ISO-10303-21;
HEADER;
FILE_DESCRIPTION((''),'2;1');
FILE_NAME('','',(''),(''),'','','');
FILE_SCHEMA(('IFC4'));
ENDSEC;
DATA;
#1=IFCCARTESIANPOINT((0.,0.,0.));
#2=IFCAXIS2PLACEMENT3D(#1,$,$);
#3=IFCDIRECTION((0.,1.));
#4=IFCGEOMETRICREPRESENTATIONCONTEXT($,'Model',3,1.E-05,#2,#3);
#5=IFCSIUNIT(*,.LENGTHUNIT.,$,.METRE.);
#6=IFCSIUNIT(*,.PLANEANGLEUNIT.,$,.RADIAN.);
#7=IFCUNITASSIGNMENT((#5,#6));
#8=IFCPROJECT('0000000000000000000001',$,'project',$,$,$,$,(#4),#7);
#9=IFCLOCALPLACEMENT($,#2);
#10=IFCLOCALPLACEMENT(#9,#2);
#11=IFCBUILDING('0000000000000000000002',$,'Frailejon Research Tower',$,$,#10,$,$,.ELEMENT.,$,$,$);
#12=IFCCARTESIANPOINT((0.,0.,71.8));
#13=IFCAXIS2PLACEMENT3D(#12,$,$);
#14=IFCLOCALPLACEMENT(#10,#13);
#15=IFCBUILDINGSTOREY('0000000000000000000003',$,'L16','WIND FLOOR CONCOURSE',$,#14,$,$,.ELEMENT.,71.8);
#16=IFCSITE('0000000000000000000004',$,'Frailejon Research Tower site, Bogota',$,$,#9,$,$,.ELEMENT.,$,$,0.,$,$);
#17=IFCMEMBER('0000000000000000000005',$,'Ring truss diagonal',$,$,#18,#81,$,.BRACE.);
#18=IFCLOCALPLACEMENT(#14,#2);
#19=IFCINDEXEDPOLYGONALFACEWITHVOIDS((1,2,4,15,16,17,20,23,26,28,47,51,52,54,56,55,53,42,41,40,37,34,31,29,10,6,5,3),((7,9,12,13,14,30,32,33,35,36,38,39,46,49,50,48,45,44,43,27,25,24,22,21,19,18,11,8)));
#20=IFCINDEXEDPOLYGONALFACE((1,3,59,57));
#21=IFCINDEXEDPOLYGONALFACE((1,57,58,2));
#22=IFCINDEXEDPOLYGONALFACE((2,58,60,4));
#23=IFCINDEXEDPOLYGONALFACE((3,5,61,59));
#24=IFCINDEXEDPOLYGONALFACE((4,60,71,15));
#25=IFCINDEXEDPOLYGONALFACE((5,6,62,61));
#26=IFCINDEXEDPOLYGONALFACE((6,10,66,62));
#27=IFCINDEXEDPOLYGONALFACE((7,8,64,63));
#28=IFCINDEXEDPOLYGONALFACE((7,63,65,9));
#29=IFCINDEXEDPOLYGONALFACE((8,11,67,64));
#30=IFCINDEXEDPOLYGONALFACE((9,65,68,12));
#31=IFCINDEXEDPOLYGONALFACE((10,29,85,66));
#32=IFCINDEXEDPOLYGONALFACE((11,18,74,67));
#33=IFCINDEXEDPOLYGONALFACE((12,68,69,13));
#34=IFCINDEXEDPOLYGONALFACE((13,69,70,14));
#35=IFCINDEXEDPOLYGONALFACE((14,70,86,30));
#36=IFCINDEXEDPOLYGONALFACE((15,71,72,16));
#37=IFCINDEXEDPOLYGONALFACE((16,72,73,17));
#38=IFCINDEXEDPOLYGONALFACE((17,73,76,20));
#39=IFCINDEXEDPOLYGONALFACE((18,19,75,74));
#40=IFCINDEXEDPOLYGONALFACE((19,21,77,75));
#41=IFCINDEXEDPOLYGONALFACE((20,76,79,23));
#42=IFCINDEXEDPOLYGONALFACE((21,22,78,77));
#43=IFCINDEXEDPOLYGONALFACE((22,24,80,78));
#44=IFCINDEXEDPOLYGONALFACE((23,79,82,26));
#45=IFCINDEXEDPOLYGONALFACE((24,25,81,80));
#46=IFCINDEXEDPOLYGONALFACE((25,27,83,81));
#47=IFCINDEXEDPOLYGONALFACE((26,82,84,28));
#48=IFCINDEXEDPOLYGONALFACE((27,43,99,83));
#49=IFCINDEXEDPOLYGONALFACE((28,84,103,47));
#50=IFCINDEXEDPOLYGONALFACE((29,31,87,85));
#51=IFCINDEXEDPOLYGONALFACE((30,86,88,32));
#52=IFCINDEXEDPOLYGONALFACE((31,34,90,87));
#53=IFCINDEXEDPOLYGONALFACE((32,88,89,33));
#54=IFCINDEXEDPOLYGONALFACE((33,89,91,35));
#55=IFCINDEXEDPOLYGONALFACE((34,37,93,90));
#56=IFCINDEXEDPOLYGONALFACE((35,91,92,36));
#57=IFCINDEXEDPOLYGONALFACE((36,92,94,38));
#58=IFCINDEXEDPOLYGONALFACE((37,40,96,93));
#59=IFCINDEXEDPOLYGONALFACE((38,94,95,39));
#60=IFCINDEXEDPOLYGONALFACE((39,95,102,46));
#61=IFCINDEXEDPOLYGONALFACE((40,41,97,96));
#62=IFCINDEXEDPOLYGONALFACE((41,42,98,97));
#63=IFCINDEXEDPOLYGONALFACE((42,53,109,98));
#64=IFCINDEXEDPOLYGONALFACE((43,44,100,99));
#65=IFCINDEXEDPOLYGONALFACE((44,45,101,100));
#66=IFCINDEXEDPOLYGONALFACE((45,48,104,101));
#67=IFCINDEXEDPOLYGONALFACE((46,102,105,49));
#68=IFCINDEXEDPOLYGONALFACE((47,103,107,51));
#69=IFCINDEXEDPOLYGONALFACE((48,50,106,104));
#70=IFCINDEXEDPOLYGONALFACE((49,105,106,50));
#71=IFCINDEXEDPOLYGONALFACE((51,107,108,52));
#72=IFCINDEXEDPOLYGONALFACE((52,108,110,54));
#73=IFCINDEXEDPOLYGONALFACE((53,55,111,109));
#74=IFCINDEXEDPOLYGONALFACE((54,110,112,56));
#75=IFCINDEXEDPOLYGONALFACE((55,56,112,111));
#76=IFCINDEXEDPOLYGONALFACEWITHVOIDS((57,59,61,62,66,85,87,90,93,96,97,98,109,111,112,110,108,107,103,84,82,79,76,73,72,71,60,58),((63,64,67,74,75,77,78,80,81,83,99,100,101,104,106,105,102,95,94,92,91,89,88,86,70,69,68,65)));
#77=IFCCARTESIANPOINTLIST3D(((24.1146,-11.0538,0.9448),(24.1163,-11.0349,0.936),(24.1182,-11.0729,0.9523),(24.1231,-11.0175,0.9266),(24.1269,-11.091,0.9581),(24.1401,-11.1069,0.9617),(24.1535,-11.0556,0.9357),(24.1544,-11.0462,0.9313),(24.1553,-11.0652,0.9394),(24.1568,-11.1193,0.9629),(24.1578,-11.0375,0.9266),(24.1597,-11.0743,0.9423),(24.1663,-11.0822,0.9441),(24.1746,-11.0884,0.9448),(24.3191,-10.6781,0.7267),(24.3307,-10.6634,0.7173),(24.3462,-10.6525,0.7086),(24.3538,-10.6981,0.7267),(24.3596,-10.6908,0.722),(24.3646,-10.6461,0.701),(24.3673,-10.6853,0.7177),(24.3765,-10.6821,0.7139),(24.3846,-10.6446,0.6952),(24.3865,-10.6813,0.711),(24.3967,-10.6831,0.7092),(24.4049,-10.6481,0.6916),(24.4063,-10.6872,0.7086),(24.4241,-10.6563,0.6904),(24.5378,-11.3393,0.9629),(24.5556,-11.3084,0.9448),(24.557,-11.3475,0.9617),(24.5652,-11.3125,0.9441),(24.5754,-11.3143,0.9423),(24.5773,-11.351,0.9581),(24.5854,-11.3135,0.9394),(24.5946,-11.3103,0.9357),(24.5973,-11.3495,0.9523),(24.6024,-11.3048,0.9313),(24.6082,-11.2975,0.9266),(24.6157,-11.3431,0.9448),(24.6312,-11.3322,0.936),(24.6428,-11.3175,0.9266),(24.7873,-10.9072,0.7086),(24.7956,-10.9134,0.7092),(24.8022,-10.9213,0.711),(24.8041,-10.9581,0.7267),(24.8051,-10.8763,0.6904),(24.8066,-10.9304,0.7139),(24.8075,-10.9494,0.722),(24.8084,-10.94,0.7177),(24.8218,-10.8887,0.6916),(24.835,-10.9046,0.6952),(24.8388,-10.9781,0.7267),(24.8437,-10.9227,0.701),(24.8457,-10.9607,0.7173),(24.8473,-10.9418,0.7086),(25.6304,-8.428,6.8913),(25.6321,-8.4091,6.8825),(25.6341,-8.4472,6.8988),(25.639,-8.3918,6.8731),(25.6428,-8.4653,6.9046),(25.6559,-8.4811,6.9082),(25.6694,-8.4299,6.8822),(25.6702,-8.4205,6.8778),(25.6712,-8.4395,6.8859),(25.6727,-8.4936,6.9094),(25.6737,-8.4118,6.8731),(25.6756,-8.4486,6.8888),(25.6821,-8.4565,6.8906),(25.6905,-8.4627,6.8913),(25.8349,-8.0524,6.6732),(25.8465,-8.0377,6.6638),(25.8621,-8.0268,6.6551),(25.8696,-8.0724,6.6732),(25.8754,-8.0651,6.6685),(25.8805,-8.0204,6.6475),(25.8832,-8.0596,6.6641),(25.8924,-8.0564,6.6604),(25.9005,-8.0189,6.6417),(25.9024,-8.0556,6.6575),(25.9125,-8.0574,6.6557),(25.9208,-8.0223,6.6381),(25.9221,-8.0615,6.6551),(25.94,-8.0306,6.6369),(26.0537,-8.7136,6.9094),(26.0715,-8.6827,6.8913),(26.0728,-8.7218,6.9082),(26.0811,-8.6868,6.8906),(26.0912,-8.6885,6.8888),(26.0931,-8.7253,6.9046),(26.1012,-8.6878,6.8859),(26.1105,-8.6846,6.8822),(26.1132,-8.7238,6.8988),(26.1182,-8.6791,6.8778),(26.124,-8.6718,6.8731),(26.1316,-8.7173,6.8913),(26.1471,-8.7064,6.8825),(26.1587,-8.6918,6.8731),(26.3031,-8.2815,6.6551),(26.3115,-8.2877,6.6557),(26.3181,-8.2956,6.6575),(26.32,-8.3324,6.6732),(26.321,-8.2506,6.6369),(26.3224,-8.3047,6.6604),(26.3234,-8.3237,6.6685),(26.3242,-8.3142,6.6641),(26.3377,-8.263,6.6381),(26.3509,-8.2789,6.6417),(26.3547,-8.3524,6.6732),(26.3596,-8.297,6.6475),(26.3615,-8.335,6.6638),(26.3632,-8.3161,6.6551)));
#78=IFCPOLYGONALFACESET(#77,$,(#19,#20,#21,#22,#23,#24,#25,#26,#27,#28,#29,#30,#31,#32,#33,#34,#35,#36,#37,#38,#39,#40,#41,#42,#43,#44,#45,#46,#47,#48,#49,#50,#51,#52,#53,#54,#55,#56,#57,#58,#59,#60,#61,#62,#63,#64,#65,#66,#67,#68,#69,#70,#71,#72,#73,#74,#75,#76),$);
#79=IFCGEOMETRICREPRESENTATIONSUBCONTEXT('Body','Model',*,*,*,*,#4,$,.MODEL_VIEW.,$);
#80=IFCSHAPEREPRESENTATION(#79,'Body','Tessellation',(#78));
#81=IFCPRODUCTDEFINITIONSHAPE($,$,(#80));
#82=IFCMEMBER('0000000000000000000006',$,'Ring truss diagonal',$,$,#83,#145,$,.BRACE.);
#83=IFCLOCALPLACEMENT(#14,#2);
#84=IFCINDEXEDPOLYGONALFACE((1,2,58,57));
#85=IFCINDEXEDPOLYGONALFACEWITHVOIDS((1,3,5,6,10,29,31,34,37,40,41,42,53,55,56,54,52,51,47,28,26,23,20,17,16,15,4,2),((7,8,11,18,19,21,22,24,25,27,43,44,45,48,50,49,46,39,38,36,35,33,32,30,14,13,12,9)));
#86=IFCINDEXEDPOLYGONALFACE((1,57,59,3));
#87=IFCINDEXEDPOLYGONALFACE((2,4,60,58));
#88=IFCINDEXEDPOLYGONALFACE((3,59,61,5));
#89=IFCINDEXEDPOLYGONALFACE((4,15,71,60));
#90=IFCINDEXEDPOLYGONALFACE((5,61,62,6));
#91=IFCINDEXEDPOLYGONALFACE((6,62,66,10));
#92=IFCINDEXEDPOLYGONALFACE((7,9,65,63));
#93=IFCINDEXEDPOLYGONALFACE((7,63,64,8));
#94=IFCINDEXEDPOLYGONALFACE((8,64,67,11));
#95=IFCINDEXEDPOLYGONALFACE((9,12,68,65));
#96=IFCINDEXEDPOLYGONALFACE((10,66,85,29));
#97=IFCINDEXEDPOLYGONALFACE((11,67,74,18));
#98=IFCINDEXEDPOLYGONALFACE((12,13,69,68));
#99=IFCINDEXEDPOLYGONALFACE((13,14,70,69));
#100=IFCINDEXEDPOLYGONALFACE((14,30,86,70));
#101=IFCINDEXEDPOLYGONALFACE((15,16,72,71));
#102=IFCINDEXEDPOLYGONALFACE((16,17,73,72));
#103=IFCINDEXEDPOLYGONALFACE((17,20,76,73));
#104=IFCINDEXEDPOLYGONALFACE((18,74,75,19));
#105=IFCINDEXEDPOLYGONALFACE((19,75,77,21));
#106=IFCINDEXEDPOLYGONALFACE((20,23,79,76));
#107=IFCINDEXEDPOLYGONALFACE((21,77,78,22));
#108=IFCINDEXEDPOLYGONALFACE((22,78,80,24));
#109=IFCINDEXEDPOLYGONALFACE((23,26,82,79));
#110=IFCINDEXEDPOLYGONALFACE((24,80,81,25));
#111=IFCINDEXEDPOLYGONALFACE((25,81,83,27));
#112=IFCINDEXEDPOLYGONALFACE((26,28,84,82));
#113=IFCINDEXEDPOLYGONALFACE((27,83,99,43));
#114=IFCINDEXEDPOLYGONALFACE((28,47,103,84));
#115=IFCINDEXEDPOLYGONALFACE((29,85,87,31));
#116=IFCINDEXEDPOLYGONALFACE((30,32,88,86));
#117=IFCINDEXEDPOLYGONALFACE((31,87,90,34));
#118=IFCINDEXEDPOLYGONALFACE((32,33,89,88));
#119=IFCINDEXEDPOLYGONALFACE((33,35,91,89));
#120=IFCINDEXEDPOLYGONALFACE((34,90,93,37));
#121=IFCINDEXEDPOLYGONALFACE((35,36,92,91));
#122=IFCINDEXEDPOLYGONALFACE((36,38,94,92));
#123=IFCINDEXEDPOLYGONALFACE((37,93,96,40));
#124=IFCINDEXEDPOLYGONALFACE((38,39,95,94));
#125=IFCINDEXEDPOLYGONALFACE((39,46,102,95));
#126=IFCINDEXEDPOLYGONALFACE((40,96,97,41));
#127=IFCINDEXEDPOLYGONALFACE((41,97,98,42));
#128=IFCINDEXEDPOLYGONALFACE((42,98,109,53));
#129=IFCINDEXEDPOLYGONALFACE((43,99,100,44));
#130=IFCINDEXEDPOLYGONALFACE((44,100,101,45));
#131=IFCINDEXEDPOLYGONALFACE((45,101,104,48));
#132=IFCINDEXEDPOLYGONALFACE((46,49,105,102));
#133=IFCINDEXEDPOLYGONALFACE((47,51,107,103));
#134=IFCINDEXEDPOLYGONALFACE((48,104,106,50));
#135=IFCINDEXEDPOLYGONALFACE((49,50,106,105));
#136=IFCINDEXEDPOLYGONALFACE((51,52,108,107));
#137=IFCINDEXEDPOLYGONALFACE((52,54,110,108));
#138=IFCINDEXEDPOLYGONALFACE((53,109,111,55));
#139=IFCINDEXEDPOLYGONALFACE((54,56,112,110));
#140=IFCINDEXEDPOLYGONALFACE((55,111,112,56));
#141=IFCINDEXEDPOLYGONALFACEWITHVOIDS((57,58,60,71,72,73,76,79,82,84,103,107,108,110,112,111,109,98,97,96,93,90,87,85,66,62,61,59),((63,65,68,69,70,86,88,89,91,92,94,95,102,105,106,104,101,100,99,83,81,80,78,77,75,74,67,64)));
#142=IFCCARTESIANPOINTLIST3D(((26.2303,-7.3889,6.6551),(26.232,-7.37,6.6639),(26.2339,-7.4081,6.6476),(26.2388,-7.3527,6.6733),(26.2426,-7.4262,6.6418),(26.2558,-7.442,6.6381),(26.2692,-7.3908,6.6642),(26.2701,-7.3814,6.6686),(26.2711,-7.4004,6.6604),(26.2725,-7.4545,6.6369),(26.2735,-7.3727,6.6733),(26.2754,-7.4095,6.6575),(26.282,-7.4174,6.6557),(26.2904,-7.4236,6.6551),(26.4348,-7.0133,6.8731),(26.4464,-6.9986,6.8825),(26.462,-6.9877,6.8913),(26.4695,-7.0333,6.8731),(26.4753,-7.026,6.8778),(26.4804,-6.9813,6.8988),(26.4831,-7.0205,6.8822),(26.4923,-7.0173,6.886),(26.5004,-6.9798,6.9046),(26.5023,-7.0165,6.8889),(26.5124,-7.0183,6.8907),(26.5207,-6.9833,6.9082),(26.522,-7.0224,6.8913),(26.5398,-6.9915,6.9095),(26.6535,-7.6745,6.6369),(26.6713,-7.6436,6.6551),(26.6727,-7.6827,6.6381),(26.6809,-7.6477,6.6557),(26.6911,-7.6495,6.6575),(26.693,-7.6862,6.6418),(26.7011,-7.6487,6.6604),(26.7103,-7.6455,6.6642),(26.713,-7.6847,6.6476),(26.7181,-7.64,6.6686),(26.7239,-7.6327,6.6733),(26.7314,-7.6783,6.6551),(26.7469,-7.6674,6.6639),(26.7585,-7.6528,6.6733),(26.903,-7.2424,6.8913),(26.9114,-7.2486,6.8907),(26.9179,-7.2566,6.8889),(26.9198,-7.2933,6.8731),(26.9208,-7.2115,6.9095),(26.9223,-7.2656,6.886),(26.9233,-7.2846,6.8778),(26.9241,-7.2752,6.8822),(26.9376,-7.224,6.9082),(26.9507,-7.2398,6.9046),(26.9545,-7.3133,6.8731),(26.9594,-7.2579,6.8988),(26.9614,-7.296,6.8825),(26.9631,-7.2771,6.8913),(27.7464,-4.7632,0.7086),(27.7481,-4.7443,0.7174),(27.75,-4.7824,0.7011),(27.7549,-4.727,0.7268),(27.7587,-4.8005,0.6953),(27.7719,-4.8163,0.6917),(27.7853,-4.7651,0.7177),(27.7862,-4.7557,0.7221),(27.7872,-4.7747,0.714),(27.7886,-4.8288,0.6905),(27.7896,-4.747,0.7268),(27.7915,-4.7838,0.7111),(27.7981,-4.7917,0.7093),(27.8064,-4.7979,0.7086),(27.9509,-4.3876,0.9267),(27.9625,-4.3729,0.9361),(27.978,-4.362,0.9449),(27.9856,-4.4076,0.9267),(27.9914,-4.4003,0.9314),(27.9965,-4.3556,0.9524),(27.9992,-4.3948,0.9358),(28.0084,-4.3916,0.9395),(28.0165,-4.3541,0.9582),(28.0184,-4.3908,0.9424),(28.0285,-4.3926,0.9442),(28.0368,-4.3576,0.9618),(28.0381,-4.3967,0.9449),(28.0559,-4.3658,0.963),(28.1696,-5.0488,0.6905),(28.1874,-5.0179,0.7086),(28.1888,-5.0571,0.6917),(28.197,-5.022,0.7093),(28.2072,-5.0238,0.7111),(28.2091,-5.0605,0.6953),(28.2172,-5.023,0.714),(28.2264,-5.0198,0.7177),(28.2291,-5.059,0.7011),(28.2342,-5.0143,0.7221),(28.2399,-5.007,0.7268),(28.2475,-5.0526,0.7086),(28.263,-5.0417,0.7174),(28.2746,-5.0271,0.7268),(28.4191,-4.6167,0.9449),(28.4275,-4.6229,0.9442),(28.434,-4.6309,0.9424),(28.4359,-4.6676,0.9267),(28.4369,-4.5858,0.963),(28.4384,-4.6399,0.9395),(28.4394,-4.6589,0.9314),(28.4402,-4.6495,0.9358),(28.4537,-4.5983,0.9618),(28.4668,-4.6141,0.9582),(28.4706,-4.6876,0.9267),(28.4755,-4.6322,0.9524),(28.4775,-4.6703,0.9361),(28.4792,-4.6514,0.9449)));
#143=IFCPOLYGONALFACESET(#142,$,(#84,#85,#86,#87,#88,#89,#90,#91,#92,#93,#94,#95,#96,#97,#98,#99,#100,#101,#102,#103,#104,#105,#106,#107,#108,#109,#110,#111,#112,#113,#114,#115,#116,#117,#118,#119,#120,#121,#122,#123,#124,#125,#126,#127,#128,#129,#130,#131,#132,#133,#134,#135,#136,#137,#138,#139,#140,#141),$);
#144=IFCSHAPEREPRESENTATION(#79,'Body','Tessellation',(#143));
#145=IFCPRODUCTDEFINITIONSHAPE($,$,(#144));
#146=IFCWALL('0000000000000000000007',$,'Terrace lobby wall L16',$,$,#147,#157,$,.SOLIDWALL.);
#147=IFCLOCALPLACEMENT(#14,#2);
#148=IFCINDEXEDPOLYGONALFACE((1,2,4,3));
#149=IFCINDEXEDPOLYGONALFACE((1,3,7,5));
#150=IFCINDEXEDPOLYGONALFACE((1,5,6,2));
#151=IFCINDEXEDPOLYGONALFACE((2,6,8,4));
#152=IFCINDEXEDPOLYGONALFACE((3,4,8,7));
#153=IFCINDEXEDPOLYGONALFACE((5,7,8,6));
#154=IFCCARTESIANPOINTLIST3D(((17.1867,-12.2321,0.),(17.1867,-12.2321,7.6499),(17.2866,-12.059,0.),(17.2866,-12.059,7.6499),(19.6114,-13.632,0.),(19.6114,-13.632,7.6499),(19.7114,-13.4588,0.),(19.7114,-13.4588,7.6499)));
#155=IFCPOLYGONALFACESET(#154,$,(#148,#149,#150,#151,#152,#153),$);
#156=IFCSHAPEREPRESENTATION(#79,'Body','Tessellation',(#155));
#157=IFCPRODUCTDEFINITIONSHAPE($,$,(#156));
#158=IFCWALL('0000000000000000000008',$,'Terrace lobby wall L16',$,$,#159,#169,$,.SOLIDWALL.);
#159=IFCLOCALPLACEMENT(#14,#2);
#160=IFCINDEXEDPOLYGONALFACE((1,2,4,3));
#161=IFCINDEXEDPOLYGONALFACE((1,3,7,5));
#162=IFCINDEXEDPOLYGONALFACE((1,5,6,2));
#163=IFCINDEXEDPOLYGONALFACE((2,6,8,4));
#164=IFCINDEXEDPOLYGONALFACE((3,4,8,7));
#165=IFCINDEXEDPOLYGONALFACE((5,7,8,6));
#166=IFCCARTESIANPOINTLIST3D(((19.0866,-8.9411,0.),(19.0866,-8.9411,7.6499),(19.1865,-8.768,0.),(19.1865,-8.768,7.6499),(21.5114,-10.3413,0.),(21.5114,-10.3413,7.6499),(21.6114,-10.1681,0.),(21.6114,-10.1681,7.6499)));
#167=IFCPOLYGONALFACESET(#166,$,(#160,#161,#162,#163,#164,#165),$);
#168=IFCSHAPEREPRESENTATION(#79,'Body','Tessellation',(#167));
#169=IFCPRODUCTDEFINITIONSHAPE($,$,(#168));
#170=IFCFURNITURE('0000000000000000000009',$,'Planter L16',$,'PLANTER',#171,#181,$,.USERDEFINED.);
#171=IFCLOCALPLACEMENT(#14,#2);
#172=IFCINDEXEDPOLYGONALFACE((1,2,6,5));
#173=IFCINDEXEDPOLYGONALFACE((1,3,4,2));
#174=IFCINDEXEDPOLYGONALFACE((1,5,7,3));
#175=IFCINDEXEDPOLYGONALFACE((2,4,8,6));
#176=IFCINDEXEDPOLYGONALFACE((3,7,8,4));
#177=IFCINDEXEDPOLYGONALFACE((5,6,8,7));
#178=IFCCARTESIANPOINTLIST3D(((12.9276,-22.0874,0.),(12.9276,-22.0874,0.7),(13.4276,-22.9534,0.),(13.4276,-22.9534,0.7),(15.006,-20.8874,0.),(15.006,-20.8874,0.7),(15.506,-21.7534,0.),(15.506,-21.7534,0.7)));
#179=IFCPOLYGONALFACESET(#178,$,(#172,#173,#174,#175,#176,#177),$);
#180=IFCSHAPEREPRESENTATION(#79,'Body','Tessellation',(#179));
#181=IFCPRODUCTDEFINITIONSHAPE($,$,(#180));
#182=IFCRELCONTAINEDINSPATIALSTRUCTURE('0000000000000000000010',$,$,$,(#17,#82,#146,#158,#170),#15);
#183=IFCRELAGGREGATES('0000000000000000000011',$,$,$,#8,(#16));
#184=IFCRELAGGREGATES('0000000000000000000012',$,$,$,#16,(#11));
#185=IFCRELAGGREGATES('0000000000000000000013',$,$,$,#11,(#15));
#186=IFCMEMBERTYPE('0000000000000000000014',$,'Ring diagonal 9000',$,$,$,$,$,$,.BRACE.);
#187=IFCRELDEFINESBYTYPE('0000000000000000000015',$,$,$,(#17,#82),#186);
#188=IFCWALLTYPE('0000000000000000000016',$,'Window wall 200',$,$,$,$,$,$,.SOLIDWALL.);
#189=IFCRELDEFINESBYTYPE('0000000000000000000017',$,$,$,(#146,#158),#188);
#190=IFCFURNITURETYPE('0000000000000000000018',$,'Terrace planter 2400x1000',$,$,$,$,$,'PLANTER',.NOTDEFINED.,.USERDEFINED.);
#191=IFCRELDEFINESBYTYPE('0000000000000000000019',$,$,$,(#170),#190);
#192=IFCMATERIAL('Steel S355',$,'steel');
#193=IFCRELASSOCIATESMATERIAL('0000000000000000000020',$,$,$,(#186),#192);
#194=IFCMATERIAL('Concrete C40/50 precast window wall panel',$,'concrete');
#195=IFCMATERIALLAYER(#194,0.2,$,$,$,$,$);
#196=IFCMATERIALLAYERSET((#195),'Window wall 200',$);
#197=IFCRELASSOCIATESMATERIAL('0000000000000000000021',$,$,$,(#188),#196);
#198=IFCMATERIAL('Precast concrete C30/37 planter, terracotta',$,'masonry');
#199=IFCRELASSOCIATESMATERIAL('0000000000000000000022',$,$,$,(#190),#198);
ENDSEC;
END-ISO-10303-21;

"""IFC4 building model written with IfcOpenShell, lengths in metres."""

from ifc_helpers import new_model, si_unit, direction, frame, frame_2d, origin, origin_2d, place, context, subcontext, project, spatial, rectangle, hollow_rectangle, extrude, material, layer, layer_set, material_profile, profile_set, type_object, element, save


model = new_model("IFC4")

# Units and contexts
model_context = context("Model", 3, precision=1e-05, world=origin(), true_north=direction((0.0, 1.0)))
body_context = subcontext(model_context, "Body", "Model", "MODEL_VIEW")
ifc_project = project(units=[si_unit("LENGTHUNIT", "METRE"), si_unit("PLANEANGLEUNIT", "RADIAN")], contexts=[model_context])

# Site, building, storey
site_placement = place(None, origin())
site = spatial("IfcSite", under=ifc_project, at=site_placement, Name="Frailejon Research Tower site, Bogota", CompositionType="ELEMENT", RefElevation=0.0)
building_placement = place(site_placement, origin())
building = spatial("IfcBuilding", under=site, at=building_placement, Name="Frailejon Research Tower", CompositionType="ELEMENT")
storey_placement = place(building_placement, frame((0.0, 0.0, 71.8)))
storey = spatial("IfcBuildingStorey", under=building, at=storey_placement, Name="L16", Description="WIND FLOOR CONCOURSE", CompositionType="ELEMENT", Elevation=71.8)

# Members
ifc_material_1 = material(Name="Steel S355", Category="steel")
ifc_material_profile_1 = material_profile(ifc_material_1, hollow_rectangle(XDim=0.6001, YDim=0.6001, WallThickness=0.04, InnerFilletRadius=0.04, OuterFilletRadius=0.0801, at=origin_2d()), Name="Ring diagonal 9000")
ifc_profile_set_1 = profile_set([ifc_material_profile_1], Name="Steel S355")
member_type = type_object("IfcMemberType", Name="Ring diagonal 9000", PredefinedType="BRACE", material=ifc_profile_set_1)
for number, where, z_axis, x_axis, name in (
    (1, (24.481, -10.9978, 0.8267), (0.227102, 0.393377, 0.890887), (-0.866039, 0.499976, 0.0), "Ring truss diagonal"),
    (2, (26.5967, -7.333, 6.7732), (0.227136, 0.393374, -0.890879), (-0.866005, 0.500036, 0.0), "Ring truss diagonal"),
):
    element("IfcMember", number, at=place(storey_placement, frame(where, z_axis=z_axis, x_axis=x_axis)), inside=storey, type_object=member_type, Name=name, PredefinedType="BRACE", context=body_context, shape_type="SweptSolid", body=[
        extrude(hollow_rectangle(XDim=0.6001, YDim=0.6001, WallThickness=0.04, InnerFilletRadius=0.04, OuterFilletRadius=0.0801, at=origin_2d()), origin(), (0.0, 0.0, 1.0), 6.6748),
    ])

# Shared definitions
ifc_material_2 = material(Name="Concrete C40/50 precast window wall panel", Category="concrete")
ifc_layer = layer(ifc_material_2, 0.2)
ifc_layer_set = layer_set([ifc_layer], Name="Window wall 200")
wall_type = type_object("IfcWallType", Name="Window wall 200", PredefinedType="SOLIDWALL", material=ifc_layer_set)

# Walls
wall_1_placement = place(storey_placement, frame((19.6614, -13.5454, 0.0), z_axis=(0.0, 0.0, 1.0), x_axis=(-0.866035, 0.499984, 0.0)))
element("IfcWall", 3, at=wall_1_placement, inside=storey, type_object=wall_type, Name="Terrace lobby wall L16", PredefinedType="SOLIDWALL", context=body_context, shape_type="SweptSolid", body=[
    extrude(rectangle(XDim=2.7998, YDim=0.2, at=frame_2d((1.3999, 0.0))), origin(), (0.0, 0.0, 1.0), 7.6499),
])
wall_2_placement = place(storey_placement, frame((21.5613, -10.2546, 0.0), z_axis=(0.0, 0.0, 1.0), x_axis=(-0.865997, 0.50005, 0.0)))
element("IfcWall", 4, at=wall_2_placement, inside=storey, type_object=wall_type, Name="Terrace lobby wall L16", PredefinedType="SOLIDWALL", context=body_context, shape_type="SweptSolid", body=[
    extrude(rectangle(XDim=2.8, YDim=0.2, at=frame_2d((1.3999, 0.0))), origin(), (0.0, 0.0, 1.0), 7.6499),
])

# Furniture
ifc_material_3 = material(Name="Precast concrete C30/37 planter, terracotta", Category="masonry")
furniture_type = type_object("IfcFurnitureType", Name="Terrace planter 2400x1000", ElementType="PLANTER", AssemblyPlace="NOTDEFINED", PredefinedType="USERDEFINED", material=ifc_material_3)
furniture_placement = place(storey_placement, frame((14.2168, -21.9204, 0.0), z_axis=(0.0, 0.0, 1.0), x_axis=(0.866025, 0.5, 0.0)))
element("IfcFurniture", 5, at=furniture_placement, inside=storey, type_object=furniture_type, Name="Planter L16", ObjectType="PLANTER", PredefinedType="USERDEFINED", context=body_context, shape_type="SweptSolid", body=[
    extrude(rectangle(XDim=2.3999, YDim=1.0, at=origin_2d()), origin(), (0.0, 0.0, 1.0), 0.7),
])

save(model, "model.ifc")
